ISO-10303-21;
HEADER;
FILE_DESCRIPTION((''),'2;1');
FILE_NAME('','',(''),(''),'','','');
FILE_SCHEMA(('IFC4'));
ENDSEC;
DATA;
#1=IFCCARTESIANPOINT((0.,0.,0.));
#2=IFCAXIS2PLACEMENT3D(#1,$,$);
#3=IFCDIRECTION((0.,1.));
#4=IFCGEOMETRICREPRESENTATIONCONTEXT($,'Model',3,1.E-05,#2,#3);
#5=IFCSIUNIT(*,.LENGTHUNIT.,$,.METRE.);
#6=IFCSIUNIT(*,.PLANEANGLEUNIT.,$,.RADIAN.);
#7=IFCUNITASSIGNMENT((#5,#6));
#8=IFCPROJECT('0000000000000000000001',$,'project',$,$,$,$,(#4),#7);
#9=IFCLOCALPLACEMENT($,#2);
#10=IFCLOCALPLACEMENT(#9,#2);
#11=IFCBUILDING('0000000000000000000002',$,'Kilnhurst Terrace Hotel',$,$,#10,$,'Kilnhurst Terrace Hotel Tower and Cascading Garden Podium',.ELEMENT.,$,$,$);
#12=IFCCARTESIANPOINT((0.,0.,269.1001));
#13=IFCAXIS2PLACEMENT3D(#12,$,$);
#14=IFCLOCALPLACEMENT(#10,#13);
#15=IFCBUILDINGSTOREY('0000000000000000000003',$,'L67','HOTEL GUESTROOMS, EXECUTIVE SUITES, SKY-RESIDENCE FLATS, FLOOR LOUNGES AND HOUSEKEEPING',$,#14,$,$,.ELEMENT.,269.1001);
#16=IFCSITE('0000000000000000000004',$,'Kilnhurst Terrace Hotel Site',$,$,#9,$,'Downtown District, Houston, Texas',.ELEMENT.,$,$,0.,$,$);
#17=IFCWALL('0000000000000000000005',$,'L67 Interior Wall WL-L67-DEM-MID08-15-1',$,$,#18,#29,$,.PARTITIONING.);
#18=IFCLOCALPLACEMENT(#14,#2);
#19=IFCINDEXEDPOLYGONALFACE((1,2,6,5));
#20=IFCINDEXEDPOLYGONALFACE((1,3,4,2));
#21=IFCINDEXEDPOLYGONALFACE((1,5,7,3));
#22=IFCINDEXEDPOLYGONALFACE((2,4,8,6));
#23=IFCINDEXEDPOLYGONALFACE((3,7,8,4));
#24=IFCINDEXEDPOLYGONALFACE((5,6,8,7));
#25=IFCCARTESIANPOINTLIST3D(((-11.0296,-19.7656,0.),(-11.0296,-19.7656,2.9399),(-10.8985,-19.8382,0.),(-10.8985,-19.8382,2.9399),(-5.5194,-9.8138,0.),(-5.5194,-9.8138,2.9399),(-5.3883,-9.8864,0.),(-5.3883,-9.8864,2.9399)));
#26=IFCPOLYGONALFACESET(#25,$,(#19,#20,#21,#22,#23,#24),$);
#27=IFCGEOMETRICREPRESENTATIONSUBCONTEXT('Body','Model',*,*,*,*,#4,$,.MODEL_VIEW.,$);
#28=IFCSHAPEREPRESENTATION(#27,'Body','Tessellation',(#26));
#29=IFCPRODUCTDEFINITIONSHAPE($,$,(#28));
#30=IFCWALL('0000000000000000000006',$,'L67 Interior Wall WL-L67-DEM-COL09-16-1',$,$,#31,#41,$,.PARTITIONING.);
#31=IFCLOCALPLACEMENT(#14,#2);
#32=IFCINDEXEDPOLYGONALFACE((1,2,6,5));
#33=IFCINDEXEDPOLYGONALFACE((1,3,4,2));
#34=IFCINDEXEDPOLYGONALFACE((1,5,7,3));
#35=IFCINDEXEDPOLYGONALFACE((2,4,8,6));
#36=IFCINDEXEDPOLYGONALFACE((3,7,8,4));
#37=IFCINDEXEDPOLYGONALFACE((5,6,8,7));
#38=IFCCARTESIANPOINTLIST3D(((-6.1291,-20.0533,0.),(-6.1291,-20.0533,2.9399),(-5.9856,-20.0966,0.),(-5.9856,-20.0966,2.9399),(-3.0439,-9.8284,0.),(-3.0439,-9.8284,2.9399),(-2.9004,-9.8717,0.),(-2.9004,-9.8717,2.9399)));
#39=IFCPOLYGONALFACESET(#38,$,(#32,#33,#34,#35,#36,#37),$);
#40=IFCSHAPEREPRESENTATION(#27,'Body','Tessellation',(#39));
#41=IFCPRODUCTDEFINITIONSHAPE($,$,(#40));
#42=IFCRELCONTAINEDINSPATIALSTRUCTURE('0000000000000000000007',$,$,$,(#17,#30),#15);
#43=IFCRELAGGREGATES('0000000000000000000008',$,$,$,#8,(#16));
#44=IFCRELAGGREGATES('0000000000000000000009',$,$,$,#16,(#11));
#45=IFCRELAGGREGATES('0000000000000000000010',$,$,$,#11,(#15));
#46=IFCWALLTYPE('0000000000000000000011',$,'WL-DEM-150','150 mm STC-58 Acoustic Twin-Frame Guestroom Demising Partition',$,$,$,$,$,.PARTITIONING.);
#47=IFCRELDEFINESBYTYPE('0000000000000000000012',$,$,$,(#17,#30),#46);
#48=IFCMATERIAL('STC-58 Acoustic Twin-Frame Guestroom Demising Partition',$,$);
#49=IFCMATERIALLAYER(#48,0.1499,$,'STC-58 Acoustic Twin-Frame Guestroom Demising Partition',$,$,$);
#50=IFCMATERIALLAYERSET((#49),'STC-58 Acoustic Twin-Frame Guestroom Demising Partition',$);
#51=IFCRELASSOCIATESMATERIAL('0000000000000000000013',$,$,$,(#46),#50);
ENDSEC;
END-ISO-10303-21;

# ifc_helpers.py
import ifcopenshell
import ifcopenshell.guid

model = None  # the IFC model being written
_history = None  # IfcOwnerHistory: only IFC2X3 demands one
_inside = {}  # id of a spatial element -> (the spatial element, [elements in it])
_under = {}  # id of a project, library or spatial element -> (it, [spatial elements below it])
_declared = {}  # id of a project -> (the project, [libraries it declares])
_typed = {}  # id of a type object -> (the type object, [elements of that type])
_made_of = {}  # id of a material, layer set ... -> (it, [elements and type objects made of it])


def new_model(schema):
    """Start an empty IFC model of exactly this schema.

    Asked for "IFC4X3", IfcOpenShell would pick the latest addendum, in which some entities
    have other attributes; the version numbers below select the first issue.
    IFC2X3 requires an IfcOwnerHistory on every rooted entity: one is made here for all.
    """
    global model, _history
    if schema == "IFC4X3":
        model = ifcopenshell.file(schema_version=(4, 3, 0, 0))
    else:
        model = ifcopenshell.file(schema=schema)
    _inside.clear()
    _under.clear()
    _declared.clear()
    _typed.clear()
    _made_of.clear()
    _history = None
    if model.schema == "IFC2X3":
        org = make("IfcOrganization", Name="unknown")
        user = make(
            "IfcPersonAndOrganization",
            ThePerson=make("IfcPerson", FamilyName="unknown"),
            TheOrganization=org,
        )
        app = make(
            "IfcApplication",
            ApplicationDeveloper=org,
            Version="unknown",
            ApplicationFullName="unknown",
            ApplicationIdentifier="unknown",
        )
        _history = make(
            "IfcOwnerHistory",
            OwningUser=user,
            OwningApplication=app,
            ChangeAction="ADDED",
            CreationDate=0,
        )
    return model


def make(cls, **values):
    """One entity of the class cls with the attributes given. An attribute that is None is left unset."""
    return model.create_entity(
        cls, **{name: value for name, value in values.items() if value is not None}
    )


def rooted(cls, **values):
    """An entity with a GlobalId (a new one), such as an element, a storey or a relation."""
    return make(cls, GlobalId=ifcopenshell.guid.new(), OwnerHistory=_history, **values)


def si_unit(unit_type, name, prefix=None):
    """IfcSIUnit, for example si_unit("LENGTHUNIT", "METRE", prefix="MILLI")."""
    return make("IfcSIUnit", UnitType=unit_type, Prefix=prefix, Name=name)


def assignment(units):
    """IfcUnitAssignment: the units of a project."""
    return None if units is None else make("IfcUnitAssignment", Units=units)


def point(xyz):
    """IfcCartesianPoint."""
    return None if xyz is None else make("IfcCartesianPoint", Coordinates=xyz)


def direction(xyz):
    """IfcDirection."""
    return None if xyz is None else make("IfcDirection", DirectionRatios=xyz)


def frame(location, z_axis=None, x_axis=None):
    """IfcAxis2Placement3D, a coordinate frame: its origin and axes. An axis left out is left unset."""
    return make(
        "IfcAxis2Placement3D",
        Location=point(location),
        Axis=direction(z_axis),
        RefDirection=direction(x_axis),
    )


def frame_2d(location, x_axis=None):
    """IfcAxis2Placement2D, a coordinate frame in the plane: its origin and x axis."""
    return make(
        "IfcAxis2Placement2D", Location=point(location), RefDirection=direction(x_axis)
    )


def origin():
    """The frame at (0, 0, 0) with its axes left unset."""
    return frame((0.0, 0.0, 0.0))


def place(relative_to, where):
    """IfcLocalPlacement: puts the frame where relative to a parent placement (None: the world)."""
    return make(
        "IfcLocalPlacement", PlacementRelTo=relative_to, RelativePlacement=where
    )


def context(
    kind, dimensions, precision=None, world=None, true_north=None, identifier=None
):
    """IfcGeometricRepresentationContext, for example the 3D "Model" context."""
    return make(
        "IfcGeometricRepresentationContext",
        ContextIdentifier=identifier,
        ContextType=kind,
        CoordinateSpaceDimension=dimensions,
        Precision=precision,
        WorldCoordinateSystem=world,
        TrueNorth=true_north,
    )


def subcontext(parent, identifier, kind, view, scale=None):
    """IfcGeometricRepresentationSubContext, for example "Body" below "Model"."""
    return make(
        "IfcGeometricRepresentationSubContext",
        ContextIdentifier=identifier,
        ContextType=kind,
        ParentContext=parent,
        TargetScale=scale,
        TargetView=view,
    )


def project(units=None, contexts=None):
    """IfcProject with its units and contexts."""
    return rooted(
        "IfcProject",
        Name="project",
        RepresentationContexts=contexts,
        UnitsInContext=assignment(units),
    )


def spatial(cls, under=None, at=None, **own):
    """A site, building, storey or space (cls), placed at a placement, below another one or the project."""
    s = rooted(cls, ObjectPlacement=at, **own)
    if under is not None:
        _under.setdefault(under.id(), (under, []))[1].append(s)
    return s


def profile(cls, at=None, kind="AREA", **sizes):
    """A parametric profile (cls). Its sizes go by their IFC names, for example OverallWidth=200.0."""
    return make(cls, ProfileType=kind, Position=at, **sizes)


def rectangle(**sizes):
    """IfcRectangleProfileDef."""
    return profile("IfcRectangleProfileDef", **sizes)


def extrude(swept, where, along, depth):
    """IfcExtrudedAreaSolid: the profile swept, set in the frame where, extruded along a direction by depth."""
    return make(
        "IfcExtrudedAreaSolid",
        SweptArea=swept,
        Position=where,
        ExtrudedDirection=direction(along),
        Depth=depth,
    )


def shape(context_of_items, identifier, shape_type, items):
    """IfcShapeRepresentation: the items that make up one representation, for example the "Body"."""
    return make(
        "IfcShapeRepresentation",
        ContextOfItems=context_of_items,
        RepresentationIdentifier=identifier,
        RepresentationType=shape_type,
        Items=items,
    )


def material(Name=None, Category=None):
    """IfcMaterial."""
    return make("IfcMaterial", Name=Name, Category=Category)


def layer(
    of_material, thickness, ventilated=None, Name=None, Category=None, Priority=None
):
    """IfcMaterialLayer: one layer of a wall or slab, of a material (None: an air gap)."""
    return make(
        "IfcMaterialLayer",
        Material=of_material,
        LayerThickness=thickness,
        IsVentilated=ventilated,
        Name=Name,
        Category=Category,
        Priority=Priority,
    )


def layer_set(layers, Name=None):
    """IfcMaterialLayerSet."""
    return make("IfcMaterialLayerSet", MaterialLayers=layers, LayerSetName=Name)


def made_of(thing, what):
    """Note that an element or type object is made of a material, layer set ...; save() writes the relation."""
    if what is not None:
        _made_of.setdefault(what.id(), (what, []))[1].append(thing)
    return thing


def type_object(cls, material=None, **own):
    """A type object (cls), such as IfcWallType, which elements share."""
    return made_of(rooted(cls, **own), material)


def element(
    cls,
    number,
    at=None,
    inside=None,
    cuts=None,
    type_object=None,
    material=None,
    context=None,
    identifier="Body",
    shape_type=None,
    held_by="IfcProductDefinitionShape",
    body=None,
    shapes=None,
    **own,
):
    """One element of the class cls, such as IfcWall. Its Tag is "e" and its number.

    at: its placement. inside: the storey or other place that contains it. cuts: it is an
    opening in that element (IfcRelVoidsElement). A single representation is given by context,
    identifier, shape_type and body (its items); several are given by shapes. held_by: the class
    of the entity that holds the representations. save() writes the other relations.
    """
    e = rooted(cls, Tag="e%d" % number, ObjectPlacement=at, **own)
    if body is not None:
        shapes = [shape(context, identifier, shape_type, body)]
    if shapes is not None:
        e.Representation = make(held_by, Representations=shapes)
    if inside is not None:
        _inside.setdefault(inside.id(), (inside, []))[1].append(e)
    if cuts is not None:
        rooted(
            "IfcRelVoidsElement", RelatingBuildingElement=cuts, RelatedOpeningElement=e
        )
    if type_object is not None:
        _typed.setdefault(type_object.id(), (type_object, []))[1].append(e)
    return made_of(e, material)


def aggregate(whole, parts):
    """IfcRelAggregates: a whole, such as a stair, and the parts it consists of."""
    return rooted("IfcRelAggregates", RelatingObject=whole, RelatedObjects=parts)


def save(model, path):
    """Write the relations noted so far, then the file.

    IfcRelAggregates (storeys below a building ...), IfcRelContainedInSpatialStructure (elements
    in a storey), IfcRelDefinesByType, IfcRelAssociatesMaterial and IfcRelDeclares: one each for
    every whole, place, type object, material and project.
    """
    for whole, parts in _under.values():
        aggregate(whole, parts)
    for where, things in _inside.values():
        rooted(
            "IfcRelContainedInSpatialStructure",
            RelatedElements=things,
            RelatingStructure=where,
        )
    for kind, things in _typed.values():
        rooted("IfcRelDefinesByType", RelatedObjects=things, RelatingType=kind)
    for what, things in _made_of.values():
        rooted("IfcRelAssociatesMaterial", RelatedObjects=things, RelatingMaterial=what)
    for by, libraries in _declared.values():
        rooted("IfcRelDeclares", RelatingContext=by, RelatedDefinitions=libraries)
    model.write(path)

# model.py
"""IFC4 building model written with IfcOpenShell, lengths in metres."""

from ifc_helpers import new_model, si_unit, direction, frame, frame_2d, origin, place, context, subcontext, project, spatial, rectangle, extrude, material, layer, layer_set, type_object, element, save


model = new_model("IFC4")

# Units and contexts
model_context = context("Model", 3, precision=1e-05, world=origin(), true_north=direction((0.0, 1.0)))
body_context = subcontext(model_context, "Body", "Model", "MODEL_VIEW")
ifc_project = project(units=[si_unit("LENGTHUNIT", "METRE"), si_unit("PLANEANGLEUNIT", "RADIAN")], contexts=[model_context])

# Site, building, storey
site_placement = place(None, origin())
site = spatial("IfcSite", under=ifc_project, at=site_placement, Name="Kilnhurst Terrace Hotel Site", LongName="Downtown District, Houston, Texas", CompositionType="ELEMENT", RefElevation=0.0)
building_placement = place(site_placement, origin())
building = spatial("IfcBuilding", under=site, at=building_placement, Name="Kilnhurst Terrace Hotel", LongName="Kilnhurst Terrace Hotel Tower and Cascading Garden Podium", CompositionType="ELEMENT")
storey_placement = place(building_placement, frame((0.0, 0.0, 269.1001)))
storey = spatial("IfcBuildingStorey", under=building, at=storey_placement, Name="L67", Description="HOTEL GUESTROOMS, EXECUTIVE SUITES, SKY-RESIDENCE FLATS, FLOOR LOUNGES AND HOUSEKEEPING", CompositionType="ELEMENT", Elevation=269.1001)

# Walls
ifc_material_1 = material(Name="STC-58 Acoustic Twin-Frame Guestroom Demising Partition")
ifc_layer_1 = layer(ifc_material_1, 0.1499, Name="STC-58 Acoustic Twin-Frame Guestroom Demising Partition")
ifc_layer_set_1 = layer_set([ifc_layer_1], Name="STC-58 Acoustic Twin-Frame Guestroom Demising Partition")
wall_type_1 = type_object("IfcWallType", Name="WL-DEM-150", Description="150 mm STC-58 Acoustic Twin-Frame Guestroom Demising Partition", PredefinedType="PARTITIONING", material=ifc_layer_set_1)
wall_1_placement = place(storey_placement, frame((-5.4539, -9.8501, 0.0), z_axis=(0.0, 0.0, 1.0), x_axis=(-0.484394, -0.87485, 0.0)))
element("IfcWall", 1, at=wall_1_placement, inside=storey, type_object=wall_type_1, Name="L67 Interior Wall WL-L67-DEM-MID08-15-1", PredefinedType="PARTITIONING", context=body_context, shape_type="SweptSolid", body=[
    extrude(rectangle(XDim=11.3755, YDim=0.1499, at=frame_2d((5.6877, 0.0))), origin(), (0.0, 0.0, 1.0), 2.9399),
])
wall_2_placement = place(storey_placement, frame((-2.9722, -9.8501, 0.0), z_axis=(0.0, 0.0, 1.0), x_axis=(-0.288872, -0.957368, 0.0)))
element("IfcWall", 2, at=wall_2_placement, inside=storey, type_object=wall_type_1, Name="L67 Interior Wall WL-L67-DEM-COL09-16-1", PredefinedType="PARTITIONING", context=body_context, shape_type="SweptSolid", body=[
    extrude(rectangle(XDim=10.6802, YDim=0.1499, at=frame_2d((5.3401, 0.0))), origin(), (0.0, 0.0, 1.0), 2.9399),
])

save(model, "model.ifc")
